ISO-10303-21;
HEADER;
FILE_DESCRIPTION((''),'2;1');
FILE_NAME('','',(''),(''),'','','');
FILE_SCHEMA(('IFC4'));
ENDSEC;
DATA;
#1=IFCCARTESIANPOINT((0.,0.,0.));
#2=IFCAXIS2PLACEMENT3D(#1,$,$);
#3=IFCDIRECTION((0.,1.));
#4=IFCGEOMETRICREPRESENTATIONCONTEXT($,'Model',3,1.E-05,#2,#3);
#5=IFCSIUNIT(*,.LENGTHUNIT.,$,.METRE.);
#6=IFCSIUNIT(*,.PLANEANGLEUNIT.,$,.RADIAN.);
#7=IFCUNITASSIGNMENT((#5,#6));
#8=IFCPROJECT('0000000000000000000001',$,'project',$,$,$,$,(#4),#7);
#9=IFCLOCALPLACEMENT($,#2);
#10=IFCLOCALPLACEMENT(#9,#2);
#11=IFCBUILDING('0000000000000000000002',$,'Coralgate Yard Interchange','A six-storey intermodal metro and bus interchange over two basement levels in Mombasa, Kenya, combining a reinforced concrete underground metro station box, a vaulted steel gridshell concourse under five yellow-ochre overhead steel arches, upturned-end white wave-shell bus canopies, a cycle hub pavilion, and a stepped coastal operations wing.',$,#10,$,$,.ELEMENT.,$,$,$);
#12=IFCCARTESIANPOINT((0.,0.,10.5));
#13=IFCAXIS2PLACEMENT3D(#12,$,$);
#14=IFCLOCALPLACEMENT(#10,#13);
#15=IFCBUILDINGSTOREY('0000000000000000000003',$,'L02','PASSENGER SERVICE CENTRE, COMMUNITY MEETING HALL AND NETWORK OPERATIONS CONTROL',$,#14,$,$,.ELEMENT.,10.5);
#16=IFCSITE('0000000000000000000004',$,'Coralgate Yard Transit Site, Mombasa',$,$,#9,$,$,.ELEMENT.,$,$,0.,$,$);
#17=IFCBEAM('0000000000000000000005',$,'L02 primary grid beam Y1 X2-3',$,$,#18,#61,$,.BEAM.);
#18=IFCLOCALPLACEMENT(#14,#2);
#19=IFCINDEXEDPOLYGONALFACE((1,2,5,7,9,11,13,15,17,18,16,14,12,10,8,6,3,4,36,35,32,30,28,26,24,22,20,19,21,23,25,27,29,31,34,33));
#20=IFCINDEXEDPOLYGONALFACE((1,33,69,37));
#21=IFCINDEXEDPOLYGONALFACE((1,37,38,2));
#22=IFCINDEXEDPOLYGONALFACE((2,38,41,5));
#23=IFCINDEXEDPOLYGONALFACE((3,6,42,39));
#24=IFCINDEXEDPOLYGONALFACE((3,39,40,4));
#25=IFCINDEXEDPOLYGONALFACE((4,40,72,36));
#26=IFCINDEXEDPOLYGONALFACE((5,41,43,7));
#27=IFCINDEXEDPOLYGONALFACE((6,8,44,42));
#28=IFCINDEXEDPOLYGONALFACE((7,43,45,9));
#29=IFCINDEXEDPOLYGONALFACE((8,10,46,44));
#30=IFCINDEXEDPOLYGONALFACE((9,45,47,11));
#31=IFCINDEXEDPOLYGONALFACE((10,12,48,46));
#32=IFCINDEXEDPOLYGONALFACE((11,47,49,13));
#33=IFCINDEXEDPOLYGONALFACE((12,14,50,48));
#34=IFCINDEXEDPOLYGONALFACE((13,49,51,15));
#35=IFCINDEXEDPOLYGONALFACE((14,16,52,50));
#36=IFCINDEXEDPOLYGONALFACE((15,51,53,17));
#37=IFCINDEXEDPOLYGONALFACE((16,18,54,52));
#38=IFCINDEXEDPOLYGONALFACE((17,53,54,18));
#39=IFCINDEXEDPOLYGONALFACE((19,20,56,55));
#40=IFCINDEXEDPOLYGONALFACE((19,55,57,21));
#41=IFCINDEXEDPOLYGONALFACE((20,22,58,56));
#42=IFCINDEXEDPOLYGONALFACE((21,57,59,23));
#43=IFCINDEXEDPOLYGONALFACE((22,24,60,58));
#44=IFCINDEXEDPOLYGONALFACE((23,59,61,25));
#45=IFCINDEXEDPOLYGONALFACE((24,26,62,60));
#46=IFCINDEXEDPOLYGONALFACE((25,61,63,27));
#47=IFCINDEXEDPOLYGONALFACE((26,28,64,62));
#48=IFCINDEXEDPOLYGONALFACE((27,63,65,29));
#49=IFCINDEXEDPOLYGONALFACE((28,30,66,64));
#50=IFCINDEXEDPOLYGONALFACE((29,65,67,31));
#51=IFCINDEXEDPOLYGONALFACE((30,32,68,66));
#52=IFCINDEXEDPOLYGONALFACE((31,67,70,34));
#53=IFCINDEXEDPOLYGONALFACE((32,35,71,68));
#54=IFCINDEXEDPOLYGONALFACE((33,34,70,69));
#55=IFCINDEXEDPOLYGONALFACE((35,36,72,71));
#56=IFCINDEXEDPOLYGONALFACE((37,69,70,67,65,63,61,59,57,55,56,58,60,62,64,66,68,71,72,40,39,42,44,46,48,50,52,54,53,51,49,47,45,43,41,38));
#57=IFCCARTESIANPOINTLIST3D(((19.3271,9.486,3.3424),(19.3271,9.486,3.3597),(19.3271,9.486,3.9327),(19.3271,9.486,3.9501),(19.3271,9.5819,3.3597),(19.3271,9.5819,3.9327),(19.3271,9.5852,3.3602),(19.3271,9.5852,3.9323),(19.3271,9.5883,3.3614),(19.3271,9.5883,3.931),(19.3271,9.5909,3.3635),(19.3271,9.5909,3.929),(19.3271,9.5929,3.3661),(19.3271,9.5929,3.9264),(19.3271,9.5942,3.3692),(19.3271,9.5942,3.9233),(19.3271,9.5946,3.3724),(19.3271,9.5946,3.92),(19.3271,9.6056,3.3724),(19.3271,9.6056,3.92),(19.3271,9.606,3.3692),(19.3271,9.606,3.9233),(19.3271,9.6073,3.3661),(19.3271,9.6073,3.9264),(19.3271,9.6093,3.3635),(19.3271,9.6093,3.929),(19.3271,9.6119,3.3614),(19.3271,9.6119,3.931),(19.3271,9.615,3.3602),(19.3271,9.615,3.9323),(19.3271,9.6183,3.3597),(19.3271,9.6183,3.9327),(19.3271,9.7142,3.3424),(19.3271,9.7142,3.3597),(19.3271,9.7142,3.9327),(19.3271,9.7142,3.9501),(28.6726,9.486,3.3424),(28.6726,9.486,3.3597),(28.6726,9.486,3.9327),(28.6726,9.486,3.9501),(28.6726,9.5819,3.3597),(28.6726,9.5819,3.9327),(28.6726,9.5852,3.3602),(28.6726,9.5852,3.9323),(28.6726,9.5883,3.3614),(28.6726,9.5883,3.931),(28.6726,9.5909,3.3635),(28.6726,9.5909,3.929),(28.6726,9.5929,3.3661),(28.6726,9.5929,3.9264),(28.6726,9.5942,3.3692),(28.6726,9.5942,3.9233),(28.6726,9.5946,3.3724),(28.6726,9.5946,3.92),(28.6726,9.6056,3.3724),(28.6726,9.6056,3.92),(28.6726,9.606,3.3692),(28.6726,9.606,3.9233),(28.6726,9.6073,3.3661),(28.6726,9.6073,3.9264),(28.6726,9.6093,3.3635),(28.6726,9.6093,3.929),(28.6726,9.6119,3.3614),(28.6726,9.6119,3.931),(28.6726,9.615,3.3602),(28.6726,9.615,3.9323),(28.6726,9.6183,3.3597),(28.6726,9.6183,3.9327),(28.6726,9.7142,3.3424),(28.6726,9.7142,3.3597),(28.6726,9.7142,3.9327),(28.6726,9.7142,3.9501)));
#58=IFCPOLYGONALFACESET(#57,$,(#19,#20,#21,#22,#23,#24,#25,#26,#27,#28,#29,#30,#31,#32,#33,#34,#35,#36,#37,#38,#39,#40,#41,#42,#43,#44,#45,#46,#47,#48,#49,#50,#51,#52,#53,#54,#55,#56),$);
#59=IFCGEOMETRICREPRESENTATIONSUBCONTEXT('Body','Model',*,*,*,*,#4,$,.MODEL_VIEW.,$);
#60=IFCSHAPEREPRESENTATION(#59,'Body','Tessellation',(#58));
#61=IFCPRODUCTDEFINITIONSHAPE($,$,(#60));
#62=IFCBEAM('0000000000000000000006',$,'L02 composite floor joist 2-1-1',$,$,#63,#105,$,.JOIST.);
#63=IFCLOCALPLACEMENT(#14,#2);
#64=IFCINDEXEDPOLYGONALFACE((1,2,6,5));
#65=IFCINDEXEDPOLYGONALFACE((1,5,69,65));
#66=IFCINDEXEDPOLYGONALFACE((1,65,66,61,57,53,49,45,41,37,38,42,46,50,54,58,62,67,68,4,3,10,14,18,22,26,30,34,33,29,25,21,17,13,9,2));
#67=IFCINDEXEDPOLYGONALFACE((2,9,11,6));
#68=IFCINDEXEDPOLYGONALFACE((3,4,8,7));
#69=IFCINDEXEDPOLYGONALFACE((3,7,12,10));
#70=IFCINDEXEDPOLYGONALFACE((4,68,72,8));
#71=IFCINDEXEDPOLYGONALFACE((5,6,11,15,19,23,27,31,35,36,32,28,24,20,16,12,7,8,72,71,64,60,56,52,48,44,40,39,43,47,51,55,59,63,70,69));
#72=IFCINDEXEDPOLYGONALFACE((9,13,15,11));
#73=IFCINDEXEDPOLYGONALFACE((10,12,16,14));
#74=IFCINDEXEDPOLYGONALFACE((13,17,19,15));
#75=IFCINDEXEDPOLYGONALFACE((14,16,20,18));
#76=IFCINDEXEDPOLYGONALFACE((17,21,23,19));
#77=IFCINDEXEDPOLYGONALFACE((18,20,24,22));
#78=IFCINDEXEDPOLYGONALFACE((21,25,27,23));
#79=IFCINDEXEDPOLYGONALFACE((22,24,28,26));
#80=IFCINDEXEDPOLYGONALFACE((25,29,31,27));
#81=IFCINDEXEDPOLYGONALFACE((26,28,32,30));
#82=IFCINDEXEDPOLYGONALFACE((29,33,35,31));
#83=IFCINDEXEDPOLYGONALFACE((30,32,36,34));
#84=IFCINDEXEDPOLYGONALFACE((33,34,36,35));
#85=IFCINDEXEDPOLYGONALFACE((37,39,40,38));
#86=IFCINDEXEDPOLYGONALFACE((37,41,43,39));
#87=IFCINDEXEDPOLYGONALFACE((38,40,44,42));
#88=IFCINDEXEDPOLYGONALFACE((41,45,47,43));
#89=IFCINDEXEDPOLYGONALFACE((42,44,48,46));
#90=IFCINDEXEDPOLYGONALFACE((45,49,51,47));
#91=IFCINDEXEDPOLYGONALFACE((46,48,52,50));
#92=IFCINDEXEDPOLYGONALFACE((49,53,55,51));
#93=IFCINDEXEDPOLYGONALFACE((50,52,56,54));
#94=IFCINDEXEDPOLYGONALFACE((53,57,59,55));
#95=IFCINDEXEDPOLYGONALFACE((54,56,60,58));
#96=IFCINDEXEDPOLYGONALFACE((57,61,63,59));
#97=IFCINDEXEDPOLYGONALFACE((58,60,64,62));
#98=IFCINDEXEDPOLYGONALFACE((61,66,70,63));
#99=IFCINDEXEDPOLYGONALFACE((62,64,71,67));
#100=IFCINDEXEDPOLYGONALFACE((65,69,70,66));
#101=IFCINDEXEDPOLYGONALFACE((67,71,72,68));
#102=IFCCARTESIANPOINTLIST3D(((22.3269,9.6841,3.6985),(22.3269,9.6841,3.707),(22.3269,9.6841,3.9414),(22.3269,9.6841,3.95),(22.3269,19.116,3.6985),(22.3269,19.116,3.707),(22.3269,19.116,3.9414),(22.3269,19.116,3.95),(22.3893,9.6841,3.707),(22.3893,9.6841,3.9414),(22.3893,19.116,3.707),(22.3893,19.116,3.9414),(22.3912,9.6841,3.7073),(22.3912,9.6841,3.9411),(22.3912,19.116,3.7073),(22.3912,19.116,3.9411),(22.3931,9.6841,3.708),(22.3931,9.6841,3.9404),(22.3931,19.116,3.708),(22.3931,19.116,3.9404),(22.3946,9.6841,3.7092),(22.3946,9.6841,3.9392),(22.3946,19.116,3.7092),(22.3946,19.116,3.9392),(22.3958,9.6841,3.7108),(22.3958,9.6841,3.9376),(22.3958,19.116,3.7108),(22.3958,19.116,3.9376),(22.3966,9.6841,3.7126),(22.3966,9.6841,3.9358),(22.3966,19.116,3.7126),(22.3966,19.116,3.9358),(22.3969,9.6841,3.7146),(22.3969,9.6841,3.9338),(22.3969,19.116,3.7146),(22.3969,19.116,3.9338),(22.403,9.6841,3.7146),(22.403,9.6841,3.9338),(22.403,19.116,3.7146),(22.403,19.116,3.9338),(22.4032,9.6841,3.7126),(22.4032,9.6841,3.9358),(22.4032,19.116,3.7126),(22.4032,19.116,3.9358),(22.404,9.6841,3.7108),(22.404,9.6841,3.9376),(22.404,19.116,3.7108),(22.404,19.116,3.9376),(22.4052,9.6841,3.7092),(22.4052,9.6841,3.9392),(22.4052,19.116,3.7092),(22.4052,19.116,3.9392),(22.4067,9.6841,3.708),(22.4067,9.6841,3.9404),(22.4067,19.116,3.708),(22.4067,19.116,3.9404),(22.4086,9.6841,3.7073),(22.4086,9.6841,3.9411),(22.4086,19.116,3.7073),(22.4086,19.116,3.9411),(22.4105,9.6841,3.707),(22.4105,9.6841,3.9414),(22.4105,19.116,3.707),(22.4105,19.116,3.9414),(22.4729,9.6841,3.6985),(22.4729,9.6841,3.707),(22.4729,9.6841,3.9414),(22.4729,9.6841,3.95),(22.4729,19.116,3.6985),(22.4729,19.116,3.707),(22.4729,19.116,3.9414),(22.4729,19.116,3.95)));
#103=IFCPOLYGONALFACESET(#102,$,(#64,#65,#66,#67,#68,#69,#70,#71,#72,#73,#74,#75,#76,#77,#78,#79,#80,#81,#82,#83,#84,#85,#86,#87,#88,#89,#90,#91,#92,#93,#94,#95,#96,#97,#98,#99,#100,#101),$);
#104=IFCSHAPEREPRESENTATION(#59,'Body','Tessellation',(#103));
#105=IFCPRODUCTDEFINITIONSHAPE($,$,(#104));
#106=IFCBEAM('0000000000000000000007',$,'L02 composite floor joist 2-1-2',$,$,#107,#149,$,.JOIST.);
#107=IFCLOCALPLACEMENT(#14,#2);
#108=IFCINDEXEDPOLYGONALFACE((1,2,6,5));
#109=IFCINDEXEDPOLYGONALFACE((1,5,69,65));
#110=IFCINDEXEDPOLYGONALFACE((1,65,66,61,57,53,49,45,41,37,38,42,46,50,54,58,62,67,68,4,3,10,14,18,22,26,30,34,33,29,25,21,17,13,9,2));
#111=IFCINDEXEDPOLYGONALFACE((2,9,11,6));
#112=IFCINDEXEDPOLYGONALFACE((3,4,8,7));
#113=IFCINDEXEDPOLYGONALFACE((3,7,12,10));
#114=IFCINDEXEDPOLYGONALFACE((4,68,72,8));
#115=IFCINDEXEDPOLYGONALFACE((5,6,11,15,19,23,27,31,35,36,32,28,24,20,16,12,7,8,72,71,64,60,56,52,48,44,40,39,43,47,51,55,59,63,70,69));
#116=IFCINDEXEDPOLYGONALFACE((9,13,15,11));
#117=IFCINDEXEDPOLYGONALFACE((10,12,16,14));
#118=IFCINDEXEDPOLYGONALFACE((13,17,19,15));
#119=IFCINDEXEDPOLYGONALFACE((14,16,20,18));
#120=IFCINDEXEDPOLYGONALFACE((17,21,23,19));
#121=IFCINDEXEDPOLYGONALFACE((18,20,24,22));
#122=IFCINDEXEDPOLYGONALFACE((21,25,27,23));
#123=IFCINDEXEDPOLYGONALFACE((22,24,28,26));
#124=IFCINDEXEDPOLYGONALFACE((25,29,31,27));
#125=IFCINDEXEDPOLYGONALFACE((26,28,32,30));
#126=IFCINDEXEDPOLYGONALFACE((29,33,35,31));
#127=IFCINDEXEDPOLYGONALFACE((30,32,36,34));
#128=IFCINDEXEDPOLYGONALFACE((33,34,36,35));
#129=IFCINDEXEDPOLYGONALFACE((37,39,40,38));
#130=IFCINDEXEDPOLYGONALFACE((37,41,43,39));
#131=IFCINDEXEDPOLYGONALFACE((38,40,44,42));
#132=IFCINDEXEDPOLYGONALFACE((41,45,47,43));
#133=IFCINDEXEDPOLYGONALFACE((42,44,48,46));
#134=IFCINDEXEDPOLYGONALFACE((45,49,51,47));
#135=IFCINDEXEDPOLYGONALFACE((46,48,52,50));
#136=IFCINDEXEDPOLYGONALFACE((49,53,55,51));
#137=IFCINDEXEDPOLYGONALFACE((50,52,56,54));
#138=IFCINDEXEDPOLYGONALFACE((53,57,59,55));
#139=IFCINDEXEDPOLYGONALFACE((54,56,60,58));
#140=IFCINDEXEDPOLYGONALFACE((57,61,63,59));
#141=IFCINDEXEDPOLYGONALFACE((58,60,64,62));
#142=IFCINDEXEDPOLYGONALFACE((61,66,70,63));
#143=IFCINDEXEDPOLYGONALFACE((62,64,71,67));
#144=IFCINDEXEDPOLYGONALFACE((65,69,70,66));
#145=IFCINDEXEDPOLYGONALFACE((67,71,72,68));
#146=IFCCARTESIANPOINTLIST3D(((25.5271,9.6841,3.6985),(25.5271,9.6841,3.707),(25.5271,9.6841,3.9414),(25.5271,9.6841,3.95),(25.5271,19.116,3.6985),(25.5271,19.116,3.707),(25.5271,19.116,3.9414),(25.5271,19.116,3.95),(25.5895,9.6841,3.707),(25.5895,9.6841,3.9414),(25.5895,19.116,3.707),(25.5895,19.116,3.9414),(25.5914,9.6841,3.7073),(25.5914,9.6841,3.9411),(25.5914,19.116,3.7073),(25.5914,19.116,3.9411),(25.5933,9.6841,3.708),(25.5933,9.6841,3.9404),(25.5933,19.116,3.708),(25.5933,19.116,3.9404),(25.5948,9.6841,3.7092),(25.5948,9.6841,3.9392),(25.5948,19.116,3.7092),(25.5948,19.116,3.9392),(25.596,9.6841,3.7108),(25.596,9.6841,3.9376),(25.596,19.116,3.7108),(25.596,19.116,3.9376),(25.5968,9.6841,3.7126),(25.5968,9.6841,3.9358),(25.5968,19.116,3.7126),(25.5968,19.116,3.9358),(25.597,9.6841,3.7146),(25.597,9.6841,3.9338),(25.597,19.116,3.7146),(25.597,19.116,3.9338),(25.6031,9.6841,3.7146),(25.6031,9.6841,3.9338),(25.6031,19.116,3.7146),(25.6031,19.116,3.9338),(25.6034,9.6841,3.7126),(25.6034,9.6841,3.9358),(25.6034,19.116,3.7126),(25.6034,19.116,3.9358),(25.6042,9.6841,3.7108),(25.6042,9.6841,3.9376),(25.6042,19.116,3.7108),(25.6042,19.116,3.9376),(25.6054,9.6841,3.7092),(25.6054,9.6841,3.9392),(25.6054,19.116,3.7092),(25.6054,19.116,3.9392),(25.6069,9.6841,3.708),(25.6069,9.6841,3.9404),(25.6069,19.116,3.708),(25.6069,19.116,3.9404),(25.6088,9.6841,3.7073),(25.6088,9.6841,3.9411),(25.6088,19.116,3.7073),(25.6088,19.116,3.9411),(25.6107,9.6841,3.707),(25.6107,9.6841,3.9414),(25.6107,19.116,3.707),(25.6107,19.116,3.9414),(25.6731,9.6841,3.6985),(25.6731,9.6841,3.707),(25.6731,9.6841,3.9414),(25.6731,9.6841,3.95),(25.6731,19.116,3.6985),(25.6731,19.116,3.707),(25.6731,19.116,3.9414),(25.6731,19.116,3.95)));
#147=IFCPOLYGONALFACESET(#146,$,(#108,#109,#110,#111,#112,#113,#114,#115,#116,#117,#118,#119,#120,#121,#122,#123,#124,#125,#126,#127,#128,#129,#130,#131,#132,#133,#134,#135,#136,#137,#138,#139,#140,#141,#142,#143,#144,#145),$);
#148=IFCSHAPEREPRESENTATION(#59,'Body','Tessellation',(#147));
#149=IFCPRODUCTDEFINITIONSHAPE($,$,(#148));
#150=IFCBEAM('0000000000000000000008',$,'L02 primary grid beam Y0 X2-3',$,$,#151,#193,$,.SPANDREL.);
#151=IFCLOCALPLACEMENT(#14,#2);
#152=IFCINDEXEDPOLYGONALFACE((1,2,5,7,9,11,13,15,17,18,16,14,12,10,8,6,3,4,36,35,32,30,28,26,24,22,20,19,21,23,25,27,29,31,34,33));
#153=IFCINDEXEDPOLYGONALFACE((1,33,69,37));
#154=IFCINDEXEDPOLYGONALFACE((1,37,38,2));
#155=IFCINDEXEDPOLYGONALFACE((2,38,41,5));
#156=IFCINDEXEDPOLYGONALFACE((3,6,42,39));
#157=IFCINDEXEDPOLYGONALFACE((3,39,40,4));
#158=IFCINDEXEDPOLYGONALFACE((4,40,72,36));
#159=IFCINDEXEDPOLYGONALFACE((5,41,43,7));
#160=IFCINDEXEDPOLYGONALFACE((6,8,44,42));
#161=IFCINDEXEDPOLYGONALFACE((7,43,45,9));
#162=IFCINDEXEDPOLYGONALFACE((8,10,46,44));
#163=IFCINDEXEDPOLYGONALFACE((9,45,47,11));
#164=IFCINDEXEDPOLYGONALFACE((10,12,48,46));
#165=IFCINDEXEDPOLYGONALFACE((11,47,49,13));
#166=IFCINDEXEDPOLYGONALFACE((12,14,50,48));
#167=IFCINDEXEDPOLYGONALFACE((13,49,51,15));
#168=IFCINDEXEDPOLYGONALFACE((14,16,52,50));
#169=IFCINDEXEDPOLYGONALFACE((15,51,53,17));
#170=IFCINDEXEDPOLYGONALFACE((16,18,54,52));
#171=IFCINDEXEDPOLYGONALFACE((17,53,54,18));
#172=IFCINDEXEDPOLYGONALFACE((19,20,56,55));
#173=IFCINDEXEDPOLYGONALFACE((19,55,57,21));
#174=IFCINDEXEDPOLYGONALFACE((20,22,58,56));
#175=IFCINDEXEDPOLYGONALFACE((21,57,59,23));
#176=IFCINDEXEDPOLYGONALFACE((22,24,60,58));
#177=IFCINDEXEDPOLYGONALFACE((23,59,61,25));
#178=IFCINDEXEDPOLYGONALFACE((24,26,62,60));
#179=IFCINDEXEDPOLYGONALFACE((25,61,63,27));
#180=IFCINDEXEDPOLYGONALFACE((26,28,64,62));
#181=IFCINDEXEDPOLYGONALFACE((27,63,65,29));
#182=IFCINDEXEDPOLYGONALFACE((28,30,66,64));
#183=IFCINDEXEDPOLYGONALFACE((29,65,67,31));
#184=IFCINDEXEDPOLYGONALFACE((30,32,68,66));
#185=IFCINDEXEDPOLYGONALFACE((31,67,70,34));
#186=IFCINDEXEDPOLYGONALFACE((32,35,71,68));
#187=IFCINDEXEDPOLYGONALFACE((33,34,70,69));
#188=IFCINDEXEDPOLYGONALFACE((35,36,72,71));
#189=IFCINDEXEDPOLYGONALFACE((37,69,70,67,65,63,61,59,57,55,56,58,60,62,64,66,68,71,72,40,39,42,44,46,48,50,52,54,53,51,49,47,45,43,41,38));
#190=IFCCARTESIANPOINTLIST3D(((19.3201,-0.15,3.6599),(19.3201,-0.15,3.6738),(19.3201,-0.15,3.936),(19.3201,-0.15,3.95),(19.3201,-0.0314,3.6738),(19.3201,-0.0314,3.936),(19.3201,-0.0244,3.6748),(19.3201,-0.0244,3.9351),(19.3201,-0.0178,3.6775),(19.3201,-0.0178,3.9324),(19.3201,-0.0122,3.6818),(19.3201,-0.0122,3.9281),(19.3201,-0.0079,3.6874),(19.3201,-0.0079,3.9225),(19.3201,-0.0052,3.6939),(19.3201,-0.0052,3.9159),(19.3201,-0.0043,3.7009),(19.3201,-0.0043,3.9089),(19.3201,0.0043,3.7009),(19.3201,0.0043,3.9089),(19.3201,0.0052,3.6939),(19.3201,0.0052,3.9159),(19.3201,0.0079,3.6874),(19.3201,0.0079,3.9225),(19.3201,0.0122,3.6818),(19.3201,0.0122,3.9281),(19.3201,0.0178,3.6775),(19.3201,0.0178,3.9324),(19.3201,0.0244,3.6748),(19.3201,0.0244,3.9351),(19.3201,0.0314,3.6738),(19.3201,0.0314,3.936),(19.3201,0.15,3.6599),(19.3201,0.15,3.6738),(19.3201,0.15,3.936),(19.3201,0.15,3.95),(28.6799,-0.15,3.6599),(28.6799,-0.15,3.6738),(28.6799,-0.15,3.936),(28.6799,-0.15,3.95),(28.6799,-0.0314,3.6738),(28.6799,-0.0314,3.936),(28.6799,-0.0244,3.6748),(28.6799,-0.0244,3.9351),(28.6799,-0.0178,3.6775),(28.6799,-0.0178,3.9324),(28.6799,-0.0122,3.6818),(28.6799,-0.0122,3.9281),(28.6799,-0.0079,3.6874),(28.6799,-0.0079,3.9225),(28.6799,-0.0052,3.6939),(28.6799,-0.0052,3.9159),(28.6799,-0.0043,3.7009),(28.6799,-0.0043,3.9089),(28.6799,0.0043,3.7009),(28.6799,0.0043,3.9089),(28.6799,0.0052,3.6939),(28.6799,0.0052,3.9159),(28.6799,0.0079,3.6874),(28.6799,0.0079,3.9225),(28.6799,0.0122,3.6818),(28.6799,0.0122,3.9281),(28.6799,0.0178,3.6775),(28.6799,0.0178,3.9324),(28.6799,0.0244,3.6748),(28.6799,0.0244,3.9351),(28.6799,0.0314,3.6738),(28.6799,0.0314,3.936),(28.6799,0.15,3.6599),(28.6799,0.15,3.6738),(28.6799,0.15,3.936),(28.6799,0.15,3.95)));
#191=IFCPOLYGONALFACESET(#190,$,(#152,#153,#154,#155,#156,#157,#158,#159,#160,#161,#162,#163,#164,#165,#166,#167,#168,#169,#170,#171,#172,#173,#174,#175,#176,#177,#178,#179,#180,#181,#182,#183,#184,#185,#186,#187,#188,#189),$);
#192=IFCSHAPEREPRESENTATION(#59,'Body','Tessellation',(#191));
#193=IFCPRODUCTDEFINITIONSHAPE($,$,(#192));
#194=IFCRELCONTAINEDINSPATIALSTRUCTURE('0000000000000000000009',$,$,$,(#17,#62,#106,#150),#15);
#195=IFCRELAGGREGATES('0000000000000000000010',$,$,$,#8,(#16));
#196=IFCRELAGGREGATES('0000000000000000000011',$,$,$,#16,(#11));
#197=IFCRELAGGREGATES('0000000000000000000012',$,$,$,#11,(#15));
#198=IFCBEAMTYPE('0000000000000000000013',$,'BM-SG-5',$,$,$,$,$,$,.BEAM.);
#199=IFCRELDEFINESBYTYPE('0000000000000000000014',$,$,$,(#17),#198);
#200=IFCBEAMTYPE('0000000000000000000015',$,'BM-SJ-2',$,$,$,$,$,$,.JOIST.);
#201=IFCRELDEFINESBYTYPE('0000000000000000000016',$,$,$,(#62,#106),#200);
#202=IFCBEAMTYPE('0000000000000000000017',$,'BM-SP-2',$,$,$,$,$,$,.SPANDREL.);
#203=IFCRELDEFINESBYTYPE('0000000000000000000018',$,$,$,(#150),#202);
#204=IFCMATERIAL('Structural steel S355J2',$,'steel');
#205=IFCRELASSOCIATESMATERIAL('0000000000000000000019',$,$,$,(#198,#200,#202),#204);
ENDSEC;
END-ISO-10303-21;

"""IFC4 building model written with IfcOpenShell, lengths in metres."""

from ifc_helpers import new_model, si_unit, direction, frame, origin, origin_2d, place, context, subcontext, project, spatial, i_section, extrude, material, material_profile, profile_set, type_object, element, save


model = new_model("IFC4")

# Units and contexts
model_context = context("Model", 3, precision=1e-05, world=origin(), true_north=direction((0.0, 1.0)))
body_context = subcontext(model_context, "Body", "Model", "MODEL_VIEW")
ifc_project = project(units=[si_unit("LENGTHUNIT", "METRE"), si_unit("PLANEANGLEUNIT", "RADIAN")], contexts=[model_context])

# Site, building, storey
site_placement = place(None, origin())
site = spatial("IfcSite", under=ifc_project, at=site_placement, Name="Coralgate Yard Transit Site, Mombasa", CompositionType="ELEMENT", RefElevation=0.0)
building_placement = place(site_placement, origin())
building = spatial("IfcBuilding", under=site, at=building_placement, Name="Coralgate Yard Interchange", Description="A six-storey intermodal metro and bus interchange over two basement levels in Mombasa, Kenya, combining a reinforced concrete underground metro station box, a vaulted steel gridshell concourse under five yellow-ochre overhead steel arches, upturned-end white wave-shell bus canopies, a cycle hub pavilion, and a stepped coastal operations wing.", CompositionType="ELEMENT")
storey_placement = place(building_placement, frame((0.0, 0.0, 10.5)))
storey = spatial("IfcBuildingStorey", under=building, at=storey_placement, Name="L02", Description="PASSENGER SERVICE CENTRE, COMMUNITY MEETING HALL AND NETWORK OPERATIONS CONTROL", CompositionType="ELEMENT", Elevation=10.5)

# Shared definitions
ifc_material_1 = material(Name="Structural steel S355J2", Category="steel")

# Beams
ifc_material_profile_1 = material_profile(ifc_material_1, i_section(OverallWidth=0.2283, OverallDepth=0.6077, WebThickness=0.011, FlangeThickness=0.0173, FilletRadius=0.0127, at=origin_2d()), Name="UB 610x229x113")
ifc_profile_set_1 = profile_set([ifc_material_profile_1], Name="Structural steel S355J2")
beam_type_1 = type_object("IfcBeamType", Name="BM-SG-5", PredefinedType="BEAM", material=ifc_profile_set_1)
beam_1_placement = place(storey_placement, frame((19.3271, 9.6001, 3.6462), z_axis=(1.0, 0.0, 0.0), x_axis=(0.0, 1.0, 0.0)))
element("IfcBeam", 1, at=beam_1_placement, inside=storey, type_object=beam_type_1, Name="L02 primary grid beam Y1 X2-3", PredefinedType="BEAM", context=body_context, shape_type="SweptSolid", body=[
    extrude(i_section(OverallWidth=0.2283, OverallDepth=0.6077, WebThickness=0.011, FlangeThickness=0.0173, FilletRadius=0.0127, at=origin_2d()), origin(), (0.0, 0.0, 1.0), 9.3455),
])
ifc_material_profile_2 = material_profile(ifc_material_1, i_section(OverallWidth=0.146, OverallDepth=0.2515, WebThickness=0.0061, FlangeThickness=0.0085, FilletRadius=0.0076, at=origin_2d()), Name="UB 254x146x31")
ifc_profile_set_2 = profile_set([ifc_material_profile_2], Name="Structural steel S355J2")
beam_type_2 = type_object("IfcBeamType", Name="BM-SJ-2", PredefinedType="JOIST", material=ifc_profile_set_2)
for number, where, z_axis, x_axis, name in (
    (2, (22.3999, 9.6841, 3.8242), (0.0, 1.0, 0.0), (-1.0, 0.0, 0.0), "L02 composite floor joist 2-1-1"),
    (3, (25.6001, 9.6841, 3.8242), (0.0, 1.0, 0.0), (-1.0, 0.0, 0.0), "L02 composite floor joist 2-1-2"),
):
    element("IfcBeam", number, at=place(storey_placement, frame(where, z_axis=z_axis, x_axis=x_axis)), inside=storey, type_object=beam_type_2, Name=name, PredefinedType="JOIST", context=body_context, shape_type="SweptSolid", body=[
        extrude(i_section(OverallWidth=0.146, OverallDepth=0.2515, WebThickness=0.0061, FlangeThickness=0.0085, FilletRadius=0.0076, at=origin_2d()), origin(), (0.0, 0.0, 1.0), 9.4319),
    ])
ifc_material_profile_3 = material_profile(ifc_material_1, i_section(OverallWidth=0.3, OverallDepth=0.29, WebThickness=0.0085, FlangeThickness=0.0139, FilletRadius=0.0271, at=origin_2d()), Name="HEA 300")
ifc_profile_set_3 = profile_set([ifc_material_profile_3], Name="Structural steel S355J2")
beam_type_3 = type_object("IfcBeamType", Name="BM-SP-2", PredefinedType="SPANDREL", material=ifc_profile_set_3)
beam_2_placement = place(storey_placement, frame((19.3201, 0.0, 3.8049), z_axis=(1.0, 0.0, 0.0), x_axis=(0.0, 1.0, 0.0)))
element("IfcBeam", 4, at=beam_2_placement, inside=storey, type_object=beam_type_3, Name="L02 primary grid beam Y0 X2-3", PredefinedType="SPANDREL", context=body_context, shape_type="SweptSolid", body=[
    extrude(i_section(OverallWidth=0.3, OverallDepth=0.29, WebThickness=0.0085, FlangeThickness=0.0139, FilletRadius=0.0271, at=origin_2d()), origin(), (0.0, 0.0, 1.0), 9.3599),
])

save(model, "model.ifc")
